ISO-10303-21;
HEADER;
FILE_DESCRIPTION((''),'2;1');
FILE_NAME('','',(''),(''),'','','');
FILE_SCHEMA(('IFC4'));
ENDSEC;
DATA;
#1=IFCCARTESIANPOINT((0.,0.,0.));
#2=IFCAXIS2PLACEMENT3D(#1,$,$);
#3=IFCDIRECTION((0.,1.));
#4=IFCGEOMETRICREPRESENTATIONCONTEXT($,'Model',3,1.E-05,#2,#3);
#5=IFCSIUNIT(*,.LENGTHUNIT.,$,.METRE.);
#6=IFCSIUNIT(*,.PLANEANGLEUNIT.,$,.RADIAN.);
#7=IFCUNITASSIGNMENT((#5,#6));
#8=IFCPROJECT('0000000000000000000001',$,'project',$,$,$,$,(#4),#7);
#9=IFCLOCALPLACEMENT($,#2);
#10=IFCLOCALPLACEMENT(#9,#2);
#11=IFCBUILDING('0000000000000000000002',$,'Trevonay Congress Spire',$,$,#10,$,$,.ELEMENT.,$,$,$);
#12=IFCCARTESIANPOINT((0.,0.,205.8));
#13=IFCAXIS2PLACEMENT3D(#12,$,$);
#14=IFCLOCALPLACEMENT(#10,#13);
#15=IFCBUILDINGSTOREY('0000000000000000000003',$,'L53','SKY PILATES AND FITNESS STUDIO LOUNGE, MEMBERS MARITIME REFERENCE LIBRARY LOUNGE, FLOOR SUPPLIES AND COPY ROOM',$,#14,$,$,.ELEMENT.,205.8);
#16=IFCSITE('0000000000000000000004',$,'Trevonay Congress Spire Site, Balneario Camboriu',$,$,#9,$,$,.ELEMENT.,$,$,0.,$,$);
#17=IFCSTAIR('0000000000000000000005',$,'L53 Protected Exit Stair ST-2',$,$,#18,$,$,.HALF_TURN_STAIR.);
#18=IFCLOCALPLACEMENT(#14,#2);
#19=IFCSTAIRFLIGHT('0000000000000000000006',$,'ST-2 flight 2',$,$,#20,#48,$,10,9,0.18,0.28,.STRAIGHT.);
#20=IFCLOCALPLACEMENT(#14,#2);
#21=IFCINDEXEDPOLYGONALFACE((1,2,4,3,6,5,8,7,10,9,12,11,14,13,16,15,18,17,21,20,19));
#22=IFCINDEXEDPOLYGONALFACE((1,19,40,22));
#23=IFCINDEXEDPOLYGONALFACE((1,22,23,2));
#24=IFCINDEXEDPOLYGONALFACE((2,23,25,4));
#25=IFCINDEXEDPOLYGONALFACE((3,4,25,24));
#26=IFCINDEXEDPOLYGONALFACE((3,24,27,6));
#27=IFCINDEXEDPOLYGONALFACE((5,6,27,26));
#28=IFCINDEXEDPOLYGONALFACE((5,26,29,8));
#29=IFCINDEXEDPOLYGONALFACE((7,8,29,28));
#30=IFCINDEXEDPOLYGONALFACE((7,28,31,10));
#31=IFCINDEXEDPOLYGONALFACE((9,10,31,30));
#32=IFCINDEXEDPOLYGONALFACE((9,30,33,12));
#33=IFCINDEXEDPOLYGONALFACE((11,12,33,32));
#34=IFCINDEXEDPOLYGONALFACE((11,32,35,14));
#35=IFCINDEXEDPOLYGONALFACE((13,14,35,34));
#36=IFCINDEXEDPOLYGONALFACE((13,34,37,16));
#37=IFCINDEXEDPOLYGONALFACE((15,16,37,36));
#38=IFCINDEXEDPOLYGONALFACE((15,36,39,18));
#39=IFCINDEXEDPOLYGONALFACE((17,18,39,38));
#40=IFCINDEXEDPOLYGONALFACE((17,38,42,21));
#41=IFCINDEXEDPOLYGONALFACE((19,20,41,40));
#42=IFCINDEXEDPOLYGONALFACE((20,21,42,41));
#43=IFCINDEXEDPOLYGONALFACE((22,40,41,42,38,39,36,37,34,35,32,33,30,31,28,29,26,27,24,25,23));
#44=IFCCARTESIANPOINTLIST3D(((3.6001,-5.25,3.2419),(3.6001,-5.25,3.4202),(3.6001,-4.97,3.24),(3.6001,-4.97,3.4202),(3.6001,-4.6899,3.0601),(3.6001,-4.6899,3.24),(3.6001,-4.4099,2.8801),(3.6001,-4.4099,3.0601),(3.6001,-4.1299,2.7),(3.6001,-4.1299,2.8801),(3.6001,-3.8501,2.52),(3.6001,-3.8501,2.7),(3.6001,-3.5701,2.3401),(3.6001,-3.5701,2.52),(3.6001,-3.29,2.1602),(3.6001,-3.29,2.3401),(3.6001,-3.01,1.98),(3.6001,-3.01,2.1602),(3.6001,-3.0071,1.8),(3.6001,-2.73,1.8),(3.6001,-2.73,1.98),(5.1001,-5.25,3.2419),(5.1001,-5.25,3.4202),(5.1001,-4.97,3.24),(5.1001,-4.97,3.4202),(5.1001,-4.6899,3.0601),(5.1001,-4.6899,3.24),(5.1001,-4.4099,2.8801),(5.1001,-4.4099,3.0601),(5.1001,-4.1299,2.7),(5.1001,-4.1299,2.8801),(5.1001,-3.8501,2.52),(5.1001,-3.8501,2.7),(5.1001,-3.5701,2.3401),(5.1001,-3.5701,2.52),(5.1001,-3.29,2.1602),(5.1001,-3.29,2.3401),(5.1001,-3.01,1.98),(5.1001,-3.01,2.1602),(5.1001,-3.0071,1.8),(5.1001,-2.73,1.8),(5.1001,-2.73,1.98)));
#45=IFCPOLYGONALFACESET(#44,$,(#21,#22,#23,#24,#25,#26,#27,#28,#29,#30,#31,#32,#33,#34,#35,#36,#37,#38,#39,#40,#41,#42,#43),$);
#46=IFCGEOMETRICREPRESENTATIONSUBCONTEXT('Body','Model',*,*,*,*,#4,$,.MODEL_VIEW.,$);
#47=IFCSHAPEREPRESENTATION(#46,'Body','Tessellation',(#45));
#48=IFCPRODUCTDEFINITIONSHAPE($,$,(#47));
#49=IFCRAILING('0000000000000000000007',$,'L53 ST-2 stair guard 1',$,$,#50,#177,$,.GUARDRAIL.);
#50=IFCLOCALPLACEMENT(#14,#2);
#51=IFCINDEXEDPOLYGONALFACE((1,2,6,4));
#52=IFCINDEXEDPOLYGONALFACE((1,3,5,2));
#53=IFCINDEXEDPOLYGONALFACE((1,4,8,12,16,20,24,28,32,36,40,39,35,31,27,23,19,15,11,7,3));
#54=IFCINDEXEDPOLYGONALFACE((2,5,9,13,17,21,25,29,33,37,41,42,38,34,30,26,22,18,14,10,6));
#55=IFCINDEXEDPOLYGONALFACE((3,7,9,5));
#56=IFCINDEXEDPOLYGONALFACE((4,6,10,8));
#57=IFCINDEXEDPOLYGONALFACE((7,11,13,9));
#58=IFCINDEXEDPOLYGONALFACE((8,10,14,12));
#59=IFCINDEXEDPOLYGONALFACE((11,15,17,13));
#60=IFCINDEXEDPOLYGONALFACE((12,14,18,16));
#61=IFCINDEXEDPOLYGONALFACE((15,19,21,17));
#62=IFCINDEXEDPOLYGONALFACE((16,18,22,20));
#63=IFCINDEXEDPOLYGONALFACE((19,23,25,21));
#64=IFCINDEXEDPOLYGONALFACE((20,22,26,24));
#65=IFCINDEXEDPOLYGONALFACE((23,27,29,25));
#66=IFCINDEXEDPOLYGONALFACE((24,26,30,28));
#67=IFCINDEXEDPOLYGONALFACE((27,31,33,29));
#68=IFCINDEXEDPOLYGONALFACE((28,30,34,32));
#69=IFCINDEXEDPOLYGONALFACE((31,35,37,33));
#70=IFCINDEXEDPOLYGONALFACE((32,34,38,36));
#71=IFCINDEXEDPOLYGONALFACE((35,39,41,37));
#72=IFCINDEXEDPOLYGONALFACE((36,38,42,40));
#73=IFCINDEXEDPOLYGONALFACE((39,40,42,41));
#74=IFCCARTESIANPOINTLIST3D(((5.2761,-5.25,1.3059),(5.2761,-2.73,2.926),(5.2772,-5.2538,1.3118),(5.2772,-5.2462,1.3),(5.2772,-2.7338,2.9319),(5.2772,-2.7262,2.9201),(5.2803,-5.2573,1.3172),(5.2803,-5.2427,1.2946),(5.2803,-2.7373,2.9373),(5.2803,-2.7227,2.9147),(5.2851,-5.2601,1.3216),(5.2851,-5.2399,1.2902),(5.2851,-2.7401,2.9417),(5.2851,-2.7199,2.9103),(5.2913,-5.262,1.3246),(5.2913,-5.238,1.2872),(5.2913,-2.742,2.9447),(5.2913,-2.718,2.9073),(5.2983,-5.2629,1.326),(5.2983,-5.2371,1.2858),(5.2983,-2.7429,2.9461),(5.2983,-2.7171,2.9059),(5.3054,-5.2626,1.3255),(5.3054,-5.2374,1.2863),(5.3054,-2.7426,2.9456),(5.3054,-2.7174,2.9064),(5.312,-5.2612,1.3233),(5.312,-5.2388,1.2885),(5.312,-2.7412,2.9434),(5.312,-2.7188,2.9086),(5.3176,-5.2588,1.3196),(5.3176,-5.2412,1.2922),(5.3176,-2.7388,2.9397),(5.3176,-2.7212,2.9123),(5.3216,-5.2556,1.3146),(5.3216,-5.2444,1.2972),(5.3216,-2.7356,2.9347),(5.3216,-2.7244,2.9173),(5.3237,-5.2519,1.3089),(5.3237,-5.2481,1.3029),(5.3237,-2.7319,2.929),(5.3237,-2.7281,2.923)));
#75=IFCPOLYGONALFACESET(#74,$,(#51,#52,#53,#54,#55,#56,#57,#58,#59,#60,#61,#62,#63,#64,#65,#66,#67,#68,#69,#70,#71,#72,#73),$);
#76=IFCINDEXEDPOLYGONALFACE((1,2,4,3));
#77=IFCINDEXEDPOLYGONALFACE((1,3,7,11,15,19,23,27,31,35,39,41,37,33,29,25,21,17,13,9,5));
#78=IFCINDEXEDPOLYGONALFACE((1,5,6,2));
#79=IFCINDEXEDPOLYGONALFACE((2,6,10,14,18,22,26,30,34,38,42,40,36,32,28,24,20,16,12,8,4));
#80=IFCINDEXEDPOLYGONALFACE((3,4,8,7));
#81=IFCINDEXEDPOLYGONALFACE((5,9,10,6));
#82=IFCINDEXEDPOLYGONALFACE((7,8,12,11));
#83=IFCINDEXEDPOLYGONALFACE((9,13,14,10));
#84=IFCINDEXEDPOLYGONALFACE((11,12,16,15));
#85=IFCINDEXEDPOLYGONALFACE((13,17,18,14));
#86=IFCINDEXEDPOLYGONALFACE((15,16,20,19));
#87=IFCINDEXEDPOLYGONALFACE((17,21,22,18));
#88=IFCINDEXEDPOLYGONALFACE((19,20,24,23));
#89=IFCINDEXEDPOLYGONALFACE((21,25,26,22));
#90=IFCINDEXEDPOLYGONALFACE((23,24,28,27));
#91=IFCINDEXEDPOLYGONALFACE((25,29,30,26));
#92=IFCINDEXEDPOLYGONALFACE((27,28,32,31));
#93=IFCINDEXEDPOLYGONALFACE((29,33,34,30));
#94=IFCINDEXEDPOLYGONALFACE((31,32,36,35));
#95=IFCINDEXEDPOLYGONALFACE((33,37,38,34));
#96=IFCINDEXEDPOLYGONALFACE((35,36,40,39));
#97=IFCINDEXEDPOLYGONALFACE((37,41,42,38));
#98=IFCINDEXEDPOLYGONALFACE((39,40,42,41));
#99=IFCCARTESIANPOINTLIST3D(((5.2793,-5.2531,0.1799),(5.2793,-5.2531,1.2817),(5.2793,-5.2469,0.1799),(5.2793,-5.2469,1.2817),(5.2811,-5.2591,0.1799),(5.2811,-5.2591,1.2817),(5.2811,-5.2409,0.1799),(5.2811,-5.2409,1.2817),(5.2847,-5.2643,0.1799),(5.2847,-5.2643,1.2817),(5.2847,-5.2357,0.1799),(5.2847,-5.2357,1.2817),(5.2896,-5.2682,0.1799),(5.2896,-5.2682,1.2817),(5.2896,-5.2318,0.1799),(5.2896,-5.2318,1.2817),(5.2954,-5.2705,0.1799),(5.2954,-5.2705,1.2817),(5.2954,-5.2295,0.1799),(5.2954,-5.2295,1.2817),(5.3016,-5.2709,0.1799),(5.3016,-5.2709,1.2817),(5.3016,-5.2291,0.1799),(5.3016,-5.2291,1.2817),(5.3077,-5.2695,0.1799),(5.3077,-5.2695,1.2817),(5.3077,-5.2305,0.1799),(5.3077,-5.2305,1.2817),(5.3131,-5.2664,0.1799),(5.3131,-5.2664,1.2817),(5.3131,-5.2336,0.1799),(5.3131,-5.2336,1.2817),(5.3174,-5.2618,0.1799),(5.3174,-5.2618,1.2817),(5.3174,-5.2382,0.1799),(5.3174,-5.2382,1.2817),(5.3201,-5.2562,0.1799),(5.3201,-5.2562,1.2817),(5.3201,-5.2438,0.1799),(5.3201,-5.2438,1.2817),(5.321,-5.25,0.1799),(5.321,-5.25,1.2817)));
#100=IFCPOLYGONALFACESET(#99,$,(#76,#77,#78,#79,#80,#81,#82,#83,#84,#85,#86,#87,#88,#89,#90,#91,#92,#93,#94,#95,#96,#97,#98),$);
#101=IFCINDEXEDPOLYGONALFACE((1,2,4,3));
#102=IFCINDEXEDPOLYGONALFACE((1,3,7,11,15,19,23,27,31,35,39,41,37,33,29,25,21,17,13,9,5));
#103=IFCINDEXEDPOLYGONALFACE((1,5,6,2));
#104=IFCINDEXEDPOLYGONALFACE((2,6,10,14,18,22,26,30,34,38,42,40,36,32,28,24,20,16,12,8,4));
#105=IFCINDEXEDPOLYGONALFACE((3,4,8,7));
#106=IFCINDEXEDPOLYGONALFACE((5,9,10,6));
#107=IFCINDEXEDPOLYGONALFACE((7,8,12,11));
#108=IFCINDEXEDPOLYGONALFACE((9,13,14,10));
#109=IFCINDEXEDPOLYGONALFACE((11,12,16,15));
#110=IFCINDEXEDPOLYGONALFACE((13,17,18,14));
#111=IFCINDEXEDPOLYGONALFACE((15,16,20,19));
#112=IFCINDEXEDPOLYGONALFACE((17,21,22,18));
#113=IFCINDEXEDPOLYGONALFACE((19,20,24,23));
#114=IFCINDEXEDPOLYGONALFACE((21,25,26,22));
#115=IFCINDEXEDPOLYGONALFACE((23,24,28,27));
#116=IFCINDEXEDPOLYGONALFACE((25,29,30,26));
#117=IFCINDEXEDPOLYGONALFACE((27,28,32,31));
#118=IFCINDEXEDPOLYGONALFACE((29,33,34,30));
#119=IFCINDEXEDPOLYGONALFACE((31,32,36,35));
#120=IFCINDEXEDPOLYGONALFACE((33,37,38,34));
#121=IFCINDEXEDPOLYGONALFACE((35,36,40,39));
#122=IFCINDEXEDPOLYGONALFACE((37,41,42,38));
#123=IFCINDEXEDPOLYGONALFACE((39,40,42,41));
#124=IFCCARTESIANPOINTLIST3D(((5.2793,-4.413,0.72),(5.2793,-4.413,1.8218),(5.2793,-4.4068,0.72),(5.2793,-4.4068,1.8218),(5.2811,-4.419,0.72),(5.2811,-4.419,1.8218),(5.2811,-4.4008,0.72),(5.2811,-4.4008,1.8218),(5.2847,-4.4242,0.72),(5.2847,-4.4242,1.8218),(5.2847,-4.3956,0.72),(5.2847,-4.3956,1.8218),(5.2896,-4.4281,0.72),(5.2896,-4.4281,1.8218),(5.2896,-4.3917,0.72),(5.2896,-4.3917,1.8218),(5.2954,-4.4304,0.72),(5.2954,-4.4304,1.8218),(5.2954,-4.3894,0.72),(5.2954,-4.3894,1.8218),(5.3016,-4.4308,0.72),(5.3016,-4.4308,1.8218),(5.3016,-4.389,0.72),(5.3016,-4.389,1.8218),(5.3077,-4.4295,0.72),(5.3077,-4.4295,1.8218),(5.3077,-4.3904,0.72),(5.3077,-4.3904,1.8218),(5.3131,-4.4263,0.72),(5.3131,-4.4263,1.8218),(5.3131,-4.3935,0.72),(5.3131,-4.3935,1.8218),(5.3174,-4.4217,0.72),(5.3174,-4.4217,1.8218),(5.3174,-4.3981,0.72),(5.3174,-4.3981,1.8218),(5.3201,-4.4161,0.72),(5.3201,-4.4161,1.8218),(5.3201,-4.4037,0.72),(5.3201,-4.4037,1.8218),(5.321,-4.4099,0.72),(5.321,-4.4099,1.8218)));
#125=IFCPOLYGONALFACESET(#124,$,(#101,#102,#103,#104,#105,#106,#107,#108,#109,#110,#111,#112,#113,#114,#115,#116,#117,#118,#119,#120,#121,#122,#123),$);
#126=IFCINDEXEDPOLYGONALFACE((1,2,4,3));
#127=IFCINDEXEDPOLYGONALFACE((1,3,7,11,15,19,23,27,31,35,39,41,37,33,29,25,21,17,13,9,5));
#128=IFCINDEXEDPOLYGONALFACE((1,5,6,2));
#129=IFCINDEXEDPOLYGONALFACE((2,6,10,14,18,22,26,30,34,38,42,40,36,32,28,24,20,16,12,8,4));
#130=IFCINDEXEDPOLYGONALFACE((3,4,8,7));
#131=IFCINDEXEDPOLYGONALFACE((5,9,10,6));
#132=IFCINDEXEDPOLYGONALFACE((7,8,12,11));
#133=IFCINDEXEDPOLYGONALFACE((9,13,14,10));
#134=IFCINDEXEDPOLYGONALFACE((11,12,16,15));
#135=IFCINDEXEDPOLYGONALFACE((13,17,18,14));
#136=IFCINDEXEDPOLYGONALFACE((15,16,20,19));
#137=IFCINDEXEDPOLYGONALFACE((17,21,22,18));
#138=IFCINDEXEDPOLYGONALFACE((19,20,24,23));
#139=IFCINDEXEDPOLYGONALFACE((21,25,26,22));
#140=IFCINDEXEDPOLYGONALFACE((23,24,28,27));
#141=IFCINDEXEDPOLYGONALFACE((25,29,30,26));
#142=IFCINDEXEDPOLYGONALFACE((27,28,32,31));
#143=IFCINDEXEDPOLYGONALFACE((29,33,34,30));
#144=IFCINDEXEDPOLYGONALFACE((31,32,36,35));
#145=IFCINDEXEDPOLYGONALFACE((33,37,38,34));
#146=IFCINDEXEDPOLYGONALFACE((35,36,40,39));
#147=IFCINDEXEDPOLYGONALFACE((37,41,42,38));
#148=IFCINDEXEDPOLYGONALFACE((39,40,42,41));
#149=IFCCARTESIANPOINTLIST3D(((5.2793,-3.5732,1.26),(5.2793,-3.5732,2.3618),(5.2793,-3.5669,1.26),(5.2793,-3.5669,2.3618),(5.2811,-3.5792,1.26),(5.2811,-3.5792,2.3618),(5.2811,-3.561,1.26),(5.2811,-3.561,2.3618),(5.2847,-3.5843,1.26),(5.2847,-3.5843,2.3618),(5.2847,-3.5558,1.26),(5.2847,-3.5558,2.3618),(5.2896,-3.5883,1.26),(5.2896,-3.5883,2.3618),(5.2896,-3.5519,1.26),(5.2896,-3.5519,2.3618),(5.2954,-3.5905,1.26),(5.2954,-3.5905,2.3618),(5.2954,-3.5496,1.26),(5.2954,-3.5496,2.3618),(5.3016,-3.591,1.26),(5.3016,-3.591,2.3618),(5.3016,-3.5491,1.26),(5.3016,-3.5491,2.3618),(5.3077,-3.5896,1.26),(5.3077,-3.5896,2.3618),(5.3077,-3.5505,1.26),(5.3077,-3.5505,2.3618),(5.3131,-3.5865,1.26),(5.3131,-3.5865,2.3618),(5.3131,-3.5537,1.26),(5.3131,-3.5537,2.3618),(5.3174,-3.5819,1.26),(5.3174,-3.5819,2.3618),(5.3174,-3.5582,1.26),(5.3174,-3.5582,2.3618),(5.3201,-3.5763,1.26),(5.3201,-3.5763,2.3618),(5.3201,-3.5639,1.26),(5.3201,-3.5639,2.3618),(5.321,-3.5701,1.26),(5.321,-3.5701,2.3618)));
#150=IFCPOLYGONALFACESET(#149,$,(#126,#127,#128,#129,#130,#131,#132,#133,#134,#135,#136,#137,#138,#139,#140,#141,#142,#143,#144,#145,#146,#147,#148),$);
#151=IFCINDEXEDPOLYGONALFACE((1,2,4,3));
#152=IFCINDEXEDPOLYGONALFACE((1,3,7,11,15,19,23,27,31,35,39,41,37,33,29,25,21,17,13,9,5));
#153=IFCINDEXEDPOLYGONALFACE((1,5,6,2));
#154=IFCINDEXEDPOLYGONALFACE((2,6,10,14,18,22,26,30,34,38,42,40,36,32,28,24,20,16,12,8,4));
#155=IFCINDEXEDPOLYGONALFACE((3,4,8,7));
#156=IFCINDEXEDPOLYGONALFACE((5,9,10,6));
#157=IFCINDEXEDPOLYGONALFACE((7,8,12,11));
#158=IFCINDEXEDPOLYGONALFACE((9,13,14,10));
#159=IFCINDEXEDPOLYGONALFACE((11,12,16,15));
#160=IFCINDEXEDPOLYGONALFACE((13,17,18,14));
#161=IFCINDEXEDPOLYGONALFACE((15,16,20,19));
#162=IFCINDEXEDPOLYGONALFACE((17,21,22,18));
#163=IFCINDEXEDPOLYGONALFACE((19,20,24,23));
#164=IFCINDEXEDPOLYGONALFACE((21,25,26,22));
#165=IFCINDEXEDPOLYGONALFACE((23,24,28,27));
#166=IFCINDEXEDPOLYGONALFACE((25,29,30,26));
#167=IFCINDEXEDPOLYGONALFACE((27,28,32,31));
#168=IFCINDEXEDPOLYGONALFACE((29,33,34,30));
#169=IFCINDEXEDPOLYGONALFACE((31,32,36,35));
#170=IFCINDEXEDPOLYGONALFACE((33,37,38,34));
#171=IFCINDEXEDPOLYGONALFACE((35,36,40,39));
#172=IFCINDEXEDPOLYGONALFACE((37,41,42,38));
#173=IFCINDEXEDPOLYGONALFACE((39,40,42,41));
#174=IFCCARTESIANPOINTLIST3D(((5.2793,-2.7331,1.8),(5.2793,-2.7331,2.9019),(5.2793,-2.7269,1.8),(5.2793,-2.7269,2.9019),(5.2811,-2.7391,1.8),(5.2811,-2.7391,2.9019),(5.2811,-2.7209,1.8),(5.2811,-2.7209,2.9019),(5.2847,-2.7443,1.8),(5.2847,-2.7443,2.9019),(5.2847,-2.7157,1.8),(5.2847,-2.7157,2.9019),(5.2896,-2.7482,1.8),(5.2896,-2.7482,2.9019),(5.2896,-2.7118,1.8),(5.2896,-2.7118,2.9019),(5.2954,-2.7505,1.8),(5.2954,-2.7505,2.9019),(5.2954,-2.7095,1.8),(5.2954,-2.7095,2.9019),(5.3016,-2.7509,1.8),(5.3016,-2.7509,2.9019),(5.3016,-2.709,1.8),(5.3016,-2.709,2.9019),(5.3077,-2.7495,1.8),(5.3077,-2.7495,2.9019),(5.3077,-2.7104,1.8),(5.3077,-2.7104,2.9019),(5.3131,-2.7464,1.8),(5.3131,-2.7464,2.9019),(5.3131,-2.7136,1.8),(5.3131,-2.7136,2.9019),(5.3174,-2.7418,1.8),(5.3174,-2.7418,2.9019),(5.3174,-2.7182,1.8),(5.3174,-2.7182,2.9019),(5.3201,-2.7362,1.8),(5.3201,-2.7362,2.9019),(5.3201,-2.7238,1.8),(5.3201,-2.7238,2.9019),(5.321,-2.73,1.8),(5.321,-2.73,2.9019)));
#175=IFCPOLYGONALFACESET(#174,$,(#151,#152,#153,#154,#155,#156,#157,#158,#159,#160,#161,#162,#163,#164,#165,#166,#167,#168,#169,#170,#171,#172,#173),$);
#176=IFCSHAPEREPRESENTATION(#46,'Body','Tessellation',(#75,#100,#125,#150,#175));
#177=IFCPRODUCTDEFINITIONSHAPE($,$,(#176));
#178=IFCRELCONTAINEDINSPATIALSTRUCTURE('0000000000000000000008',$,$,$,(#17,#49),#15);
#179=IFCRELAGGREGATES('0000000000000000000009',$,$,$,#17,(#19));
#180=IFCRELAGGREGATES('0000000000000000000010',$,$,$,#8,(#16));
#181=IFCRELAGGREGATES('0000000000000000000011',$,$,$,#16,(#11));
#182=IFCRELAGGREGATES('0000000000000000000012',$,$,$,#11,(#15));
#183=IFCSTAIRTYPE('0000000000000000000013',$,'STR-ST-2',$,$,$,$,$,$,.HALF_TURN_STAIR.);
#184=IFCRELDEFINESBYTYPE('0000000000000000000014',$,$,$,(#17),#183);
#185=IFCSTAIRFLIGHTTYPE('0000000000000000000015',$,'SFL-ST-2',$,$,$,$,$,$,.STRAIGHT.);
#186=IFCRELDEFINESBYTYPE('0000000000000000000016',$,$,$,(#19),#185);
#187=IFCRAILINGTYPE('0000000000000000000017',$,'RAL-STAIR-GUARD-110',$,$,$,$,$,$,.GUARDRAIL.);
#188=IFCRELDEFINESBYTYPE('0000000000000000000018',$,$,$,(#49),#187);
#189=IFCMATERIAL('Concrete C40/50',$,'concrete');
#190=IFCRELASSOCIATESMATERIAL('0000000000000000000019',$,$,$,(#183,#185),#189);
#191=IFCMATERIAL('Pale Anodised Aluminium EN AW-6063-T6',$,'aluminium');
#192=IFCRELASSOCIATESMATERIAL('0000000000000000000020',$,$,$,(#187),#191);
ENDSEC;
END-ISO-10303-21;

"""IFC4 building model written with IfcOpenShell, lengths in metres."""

from ifc_helpers import new_model, si_unit, direction, frame, origin, origin_2d, place, context, subcontext, project, spatial, polyline, circle, outline, extrude, material, type_object, element, aggregate, save


model = new_model("IFC4")

# Units and contexts
model_context = context("Model", 3, precision=1e-05, world=origin(), true_north=direction((0.0, 1.0)))
body_context = subcontext(model_context, "Body", "Model", "MODEL_VIEW")
ifc_project = project(units=[si_unit("LENGTHUNIT", "METRE"), si_unit("PLANEANGLEUNIT", "RADIAN")], contexts=[model_context])

# Site, building, storey
site_placement = place(None, origin())
site = spatial("IfcSite", under=ifc_project, at=site_placement, Name="Trevonay Congress Spire Site, Balneario Camboriu", CompositionType="ELEMENT", RefElevation=0.0)
building_placement = place(site_placement, origin())
building = spatial("IfcBuilding", under=site, at=building_placement, Name="Trevonay Congress Spire", CompositionType="ELEMENT")
storey_placement = place(building_placement, frame((0.0, 0.0, 205.8)))
storey = spatial("IfcBuildingStorey", under=building, at=storey_placement, Name="L53", Description="SKY PILATES AND FITNESS STUDIO LOUNGE, MEMBERS MARITIME REFERENCE LIBRARY LOUNGE, FLOOR SUPPLIES AND COPY ROOM", CompositionType="ELEMENT", Elevation=205.8)

# Shared definitions
ifc_material_1 = material(Name="Concrete C40/50", Category="concrete")

# Stair, stair flight
stair_type = type_object("IfcStairType", Name="STR-ST-2", PredefinedType="HALF_TURN_STAIR", material=ifc_material_1)
stair_placement = place(storey_placement, origin())
stair = element("IfcStair", 1, at=stair_placement, inside=storey, type_object=stair_type, Name="L53 Protected Exit Stair ST-2", PredefinedType="HALF_TURN_STAIR")
stair_flight_type = type_object("IfcStairFlightType", Name="SFL-ST-2", PredefinedType="STRAIGHT", material=ifc_material_1)
stair_flight_1_placement = place(storey_placement, frame((4.3501, -2.73, 1.8), z_axis=(0.0, 0.0, 1.0), x_axis=(0.0, -1.0, 0.0)))
stair_flight_1 = element("IfcStairFlight", 2, at=stair_flight_1_placement, type_object=stair_flight_type, Name="ST-2 flight 2", NumberOfRisers=10, NumberOfTreads=9, PredefinedType="STRAIGHT", RiserHeight=0.18, TreadLength=0.28, context=body_context, shape_type="SweptSolid", body=[
    extrude(outline(polyline([(0.0, 0.0), (0.0, 0.1799), (0.28, 0.1799), (0.28, 0.3601), (0.5601, 0.3601), (0.5601, 0.54), (0.8401, 0.54), (0.8401, 0.72), (1.1201, 0.72), (1.1201, 0.8999), (1.3999, 0.8999), (1.3999, 1.0801), (1.6799, 1.0801), (1.6799, 1.26), (1.96, 1.26), (1.96, 1.4399), (2.24, 1.4399), (2.24, 1.6201), (2.52, 1.6201), (2.52, 1.8), (2.52, 1.4419), (0.2771, 0.0), (0.0, 0.0)])), frame((0.0, 0.75, 0.0), z_axis=(0.0, -1.0, 0.0), x_axis=(1.0, 0.0, 0.0)), (0.0, 0.0, 1.0), 1.5),
])
aggregate(stair, [stair_flight_1])

# Railing
ifc_material_2 = material(Name="Pale Anodised Aluminium EN AW-6063-T6", Category="aluminium")
railing_type_1 = type_object("IfcRailingType", Name="RAL-STAIR-GUARD-110", PredefinedType="GUARDRAIL", material=ifc_material_2)
railing_1_placement = place(storey_placement, frame((5.3, -5.25, 0.1799)))
element("IfcRailing", 3, at=railing_1_placement, inside=storey, type_object=railing_type_1, Name="L53 ST-2 stair guard 1", PredefinedType="GUARDRAIL", context=body_context, shape_type="SweptSolid", body=[
    extrude(circle(Radius=0.0239, at=origin_2d()), frame((0.0, 0.0, 1.126), z_axis=(0.0, 0.841163, 0.540782), x_axis=(-1.0, 0.0, 0.0)), (0.0, 0.0, 1.0), 2.9958),
    extrude(circle(Radius=0.021, at=origin_2d()), origin(), (0.0, 0.0, 1.0), 1.1018),
    extrude(circle(Radius=0.021, at=origin_2d()), frame((0.0, 0.8401, 0.54)), (0.0, 0.0, 1.0), 1.1018),
    extrude(circle(Radius=0.021, at=origin_2d()), frame((0.0, 1.6799, 1.0801)), (0.0, 0.0, 1.0), 1.1018),
    extrude(circle(Radius=0.021, at=origin_2d()), frame((0.0, 2.52, 1.6201)), (0.0, 0.0, 1.0), 1.1018),
])

save(model, "model.ifc")
